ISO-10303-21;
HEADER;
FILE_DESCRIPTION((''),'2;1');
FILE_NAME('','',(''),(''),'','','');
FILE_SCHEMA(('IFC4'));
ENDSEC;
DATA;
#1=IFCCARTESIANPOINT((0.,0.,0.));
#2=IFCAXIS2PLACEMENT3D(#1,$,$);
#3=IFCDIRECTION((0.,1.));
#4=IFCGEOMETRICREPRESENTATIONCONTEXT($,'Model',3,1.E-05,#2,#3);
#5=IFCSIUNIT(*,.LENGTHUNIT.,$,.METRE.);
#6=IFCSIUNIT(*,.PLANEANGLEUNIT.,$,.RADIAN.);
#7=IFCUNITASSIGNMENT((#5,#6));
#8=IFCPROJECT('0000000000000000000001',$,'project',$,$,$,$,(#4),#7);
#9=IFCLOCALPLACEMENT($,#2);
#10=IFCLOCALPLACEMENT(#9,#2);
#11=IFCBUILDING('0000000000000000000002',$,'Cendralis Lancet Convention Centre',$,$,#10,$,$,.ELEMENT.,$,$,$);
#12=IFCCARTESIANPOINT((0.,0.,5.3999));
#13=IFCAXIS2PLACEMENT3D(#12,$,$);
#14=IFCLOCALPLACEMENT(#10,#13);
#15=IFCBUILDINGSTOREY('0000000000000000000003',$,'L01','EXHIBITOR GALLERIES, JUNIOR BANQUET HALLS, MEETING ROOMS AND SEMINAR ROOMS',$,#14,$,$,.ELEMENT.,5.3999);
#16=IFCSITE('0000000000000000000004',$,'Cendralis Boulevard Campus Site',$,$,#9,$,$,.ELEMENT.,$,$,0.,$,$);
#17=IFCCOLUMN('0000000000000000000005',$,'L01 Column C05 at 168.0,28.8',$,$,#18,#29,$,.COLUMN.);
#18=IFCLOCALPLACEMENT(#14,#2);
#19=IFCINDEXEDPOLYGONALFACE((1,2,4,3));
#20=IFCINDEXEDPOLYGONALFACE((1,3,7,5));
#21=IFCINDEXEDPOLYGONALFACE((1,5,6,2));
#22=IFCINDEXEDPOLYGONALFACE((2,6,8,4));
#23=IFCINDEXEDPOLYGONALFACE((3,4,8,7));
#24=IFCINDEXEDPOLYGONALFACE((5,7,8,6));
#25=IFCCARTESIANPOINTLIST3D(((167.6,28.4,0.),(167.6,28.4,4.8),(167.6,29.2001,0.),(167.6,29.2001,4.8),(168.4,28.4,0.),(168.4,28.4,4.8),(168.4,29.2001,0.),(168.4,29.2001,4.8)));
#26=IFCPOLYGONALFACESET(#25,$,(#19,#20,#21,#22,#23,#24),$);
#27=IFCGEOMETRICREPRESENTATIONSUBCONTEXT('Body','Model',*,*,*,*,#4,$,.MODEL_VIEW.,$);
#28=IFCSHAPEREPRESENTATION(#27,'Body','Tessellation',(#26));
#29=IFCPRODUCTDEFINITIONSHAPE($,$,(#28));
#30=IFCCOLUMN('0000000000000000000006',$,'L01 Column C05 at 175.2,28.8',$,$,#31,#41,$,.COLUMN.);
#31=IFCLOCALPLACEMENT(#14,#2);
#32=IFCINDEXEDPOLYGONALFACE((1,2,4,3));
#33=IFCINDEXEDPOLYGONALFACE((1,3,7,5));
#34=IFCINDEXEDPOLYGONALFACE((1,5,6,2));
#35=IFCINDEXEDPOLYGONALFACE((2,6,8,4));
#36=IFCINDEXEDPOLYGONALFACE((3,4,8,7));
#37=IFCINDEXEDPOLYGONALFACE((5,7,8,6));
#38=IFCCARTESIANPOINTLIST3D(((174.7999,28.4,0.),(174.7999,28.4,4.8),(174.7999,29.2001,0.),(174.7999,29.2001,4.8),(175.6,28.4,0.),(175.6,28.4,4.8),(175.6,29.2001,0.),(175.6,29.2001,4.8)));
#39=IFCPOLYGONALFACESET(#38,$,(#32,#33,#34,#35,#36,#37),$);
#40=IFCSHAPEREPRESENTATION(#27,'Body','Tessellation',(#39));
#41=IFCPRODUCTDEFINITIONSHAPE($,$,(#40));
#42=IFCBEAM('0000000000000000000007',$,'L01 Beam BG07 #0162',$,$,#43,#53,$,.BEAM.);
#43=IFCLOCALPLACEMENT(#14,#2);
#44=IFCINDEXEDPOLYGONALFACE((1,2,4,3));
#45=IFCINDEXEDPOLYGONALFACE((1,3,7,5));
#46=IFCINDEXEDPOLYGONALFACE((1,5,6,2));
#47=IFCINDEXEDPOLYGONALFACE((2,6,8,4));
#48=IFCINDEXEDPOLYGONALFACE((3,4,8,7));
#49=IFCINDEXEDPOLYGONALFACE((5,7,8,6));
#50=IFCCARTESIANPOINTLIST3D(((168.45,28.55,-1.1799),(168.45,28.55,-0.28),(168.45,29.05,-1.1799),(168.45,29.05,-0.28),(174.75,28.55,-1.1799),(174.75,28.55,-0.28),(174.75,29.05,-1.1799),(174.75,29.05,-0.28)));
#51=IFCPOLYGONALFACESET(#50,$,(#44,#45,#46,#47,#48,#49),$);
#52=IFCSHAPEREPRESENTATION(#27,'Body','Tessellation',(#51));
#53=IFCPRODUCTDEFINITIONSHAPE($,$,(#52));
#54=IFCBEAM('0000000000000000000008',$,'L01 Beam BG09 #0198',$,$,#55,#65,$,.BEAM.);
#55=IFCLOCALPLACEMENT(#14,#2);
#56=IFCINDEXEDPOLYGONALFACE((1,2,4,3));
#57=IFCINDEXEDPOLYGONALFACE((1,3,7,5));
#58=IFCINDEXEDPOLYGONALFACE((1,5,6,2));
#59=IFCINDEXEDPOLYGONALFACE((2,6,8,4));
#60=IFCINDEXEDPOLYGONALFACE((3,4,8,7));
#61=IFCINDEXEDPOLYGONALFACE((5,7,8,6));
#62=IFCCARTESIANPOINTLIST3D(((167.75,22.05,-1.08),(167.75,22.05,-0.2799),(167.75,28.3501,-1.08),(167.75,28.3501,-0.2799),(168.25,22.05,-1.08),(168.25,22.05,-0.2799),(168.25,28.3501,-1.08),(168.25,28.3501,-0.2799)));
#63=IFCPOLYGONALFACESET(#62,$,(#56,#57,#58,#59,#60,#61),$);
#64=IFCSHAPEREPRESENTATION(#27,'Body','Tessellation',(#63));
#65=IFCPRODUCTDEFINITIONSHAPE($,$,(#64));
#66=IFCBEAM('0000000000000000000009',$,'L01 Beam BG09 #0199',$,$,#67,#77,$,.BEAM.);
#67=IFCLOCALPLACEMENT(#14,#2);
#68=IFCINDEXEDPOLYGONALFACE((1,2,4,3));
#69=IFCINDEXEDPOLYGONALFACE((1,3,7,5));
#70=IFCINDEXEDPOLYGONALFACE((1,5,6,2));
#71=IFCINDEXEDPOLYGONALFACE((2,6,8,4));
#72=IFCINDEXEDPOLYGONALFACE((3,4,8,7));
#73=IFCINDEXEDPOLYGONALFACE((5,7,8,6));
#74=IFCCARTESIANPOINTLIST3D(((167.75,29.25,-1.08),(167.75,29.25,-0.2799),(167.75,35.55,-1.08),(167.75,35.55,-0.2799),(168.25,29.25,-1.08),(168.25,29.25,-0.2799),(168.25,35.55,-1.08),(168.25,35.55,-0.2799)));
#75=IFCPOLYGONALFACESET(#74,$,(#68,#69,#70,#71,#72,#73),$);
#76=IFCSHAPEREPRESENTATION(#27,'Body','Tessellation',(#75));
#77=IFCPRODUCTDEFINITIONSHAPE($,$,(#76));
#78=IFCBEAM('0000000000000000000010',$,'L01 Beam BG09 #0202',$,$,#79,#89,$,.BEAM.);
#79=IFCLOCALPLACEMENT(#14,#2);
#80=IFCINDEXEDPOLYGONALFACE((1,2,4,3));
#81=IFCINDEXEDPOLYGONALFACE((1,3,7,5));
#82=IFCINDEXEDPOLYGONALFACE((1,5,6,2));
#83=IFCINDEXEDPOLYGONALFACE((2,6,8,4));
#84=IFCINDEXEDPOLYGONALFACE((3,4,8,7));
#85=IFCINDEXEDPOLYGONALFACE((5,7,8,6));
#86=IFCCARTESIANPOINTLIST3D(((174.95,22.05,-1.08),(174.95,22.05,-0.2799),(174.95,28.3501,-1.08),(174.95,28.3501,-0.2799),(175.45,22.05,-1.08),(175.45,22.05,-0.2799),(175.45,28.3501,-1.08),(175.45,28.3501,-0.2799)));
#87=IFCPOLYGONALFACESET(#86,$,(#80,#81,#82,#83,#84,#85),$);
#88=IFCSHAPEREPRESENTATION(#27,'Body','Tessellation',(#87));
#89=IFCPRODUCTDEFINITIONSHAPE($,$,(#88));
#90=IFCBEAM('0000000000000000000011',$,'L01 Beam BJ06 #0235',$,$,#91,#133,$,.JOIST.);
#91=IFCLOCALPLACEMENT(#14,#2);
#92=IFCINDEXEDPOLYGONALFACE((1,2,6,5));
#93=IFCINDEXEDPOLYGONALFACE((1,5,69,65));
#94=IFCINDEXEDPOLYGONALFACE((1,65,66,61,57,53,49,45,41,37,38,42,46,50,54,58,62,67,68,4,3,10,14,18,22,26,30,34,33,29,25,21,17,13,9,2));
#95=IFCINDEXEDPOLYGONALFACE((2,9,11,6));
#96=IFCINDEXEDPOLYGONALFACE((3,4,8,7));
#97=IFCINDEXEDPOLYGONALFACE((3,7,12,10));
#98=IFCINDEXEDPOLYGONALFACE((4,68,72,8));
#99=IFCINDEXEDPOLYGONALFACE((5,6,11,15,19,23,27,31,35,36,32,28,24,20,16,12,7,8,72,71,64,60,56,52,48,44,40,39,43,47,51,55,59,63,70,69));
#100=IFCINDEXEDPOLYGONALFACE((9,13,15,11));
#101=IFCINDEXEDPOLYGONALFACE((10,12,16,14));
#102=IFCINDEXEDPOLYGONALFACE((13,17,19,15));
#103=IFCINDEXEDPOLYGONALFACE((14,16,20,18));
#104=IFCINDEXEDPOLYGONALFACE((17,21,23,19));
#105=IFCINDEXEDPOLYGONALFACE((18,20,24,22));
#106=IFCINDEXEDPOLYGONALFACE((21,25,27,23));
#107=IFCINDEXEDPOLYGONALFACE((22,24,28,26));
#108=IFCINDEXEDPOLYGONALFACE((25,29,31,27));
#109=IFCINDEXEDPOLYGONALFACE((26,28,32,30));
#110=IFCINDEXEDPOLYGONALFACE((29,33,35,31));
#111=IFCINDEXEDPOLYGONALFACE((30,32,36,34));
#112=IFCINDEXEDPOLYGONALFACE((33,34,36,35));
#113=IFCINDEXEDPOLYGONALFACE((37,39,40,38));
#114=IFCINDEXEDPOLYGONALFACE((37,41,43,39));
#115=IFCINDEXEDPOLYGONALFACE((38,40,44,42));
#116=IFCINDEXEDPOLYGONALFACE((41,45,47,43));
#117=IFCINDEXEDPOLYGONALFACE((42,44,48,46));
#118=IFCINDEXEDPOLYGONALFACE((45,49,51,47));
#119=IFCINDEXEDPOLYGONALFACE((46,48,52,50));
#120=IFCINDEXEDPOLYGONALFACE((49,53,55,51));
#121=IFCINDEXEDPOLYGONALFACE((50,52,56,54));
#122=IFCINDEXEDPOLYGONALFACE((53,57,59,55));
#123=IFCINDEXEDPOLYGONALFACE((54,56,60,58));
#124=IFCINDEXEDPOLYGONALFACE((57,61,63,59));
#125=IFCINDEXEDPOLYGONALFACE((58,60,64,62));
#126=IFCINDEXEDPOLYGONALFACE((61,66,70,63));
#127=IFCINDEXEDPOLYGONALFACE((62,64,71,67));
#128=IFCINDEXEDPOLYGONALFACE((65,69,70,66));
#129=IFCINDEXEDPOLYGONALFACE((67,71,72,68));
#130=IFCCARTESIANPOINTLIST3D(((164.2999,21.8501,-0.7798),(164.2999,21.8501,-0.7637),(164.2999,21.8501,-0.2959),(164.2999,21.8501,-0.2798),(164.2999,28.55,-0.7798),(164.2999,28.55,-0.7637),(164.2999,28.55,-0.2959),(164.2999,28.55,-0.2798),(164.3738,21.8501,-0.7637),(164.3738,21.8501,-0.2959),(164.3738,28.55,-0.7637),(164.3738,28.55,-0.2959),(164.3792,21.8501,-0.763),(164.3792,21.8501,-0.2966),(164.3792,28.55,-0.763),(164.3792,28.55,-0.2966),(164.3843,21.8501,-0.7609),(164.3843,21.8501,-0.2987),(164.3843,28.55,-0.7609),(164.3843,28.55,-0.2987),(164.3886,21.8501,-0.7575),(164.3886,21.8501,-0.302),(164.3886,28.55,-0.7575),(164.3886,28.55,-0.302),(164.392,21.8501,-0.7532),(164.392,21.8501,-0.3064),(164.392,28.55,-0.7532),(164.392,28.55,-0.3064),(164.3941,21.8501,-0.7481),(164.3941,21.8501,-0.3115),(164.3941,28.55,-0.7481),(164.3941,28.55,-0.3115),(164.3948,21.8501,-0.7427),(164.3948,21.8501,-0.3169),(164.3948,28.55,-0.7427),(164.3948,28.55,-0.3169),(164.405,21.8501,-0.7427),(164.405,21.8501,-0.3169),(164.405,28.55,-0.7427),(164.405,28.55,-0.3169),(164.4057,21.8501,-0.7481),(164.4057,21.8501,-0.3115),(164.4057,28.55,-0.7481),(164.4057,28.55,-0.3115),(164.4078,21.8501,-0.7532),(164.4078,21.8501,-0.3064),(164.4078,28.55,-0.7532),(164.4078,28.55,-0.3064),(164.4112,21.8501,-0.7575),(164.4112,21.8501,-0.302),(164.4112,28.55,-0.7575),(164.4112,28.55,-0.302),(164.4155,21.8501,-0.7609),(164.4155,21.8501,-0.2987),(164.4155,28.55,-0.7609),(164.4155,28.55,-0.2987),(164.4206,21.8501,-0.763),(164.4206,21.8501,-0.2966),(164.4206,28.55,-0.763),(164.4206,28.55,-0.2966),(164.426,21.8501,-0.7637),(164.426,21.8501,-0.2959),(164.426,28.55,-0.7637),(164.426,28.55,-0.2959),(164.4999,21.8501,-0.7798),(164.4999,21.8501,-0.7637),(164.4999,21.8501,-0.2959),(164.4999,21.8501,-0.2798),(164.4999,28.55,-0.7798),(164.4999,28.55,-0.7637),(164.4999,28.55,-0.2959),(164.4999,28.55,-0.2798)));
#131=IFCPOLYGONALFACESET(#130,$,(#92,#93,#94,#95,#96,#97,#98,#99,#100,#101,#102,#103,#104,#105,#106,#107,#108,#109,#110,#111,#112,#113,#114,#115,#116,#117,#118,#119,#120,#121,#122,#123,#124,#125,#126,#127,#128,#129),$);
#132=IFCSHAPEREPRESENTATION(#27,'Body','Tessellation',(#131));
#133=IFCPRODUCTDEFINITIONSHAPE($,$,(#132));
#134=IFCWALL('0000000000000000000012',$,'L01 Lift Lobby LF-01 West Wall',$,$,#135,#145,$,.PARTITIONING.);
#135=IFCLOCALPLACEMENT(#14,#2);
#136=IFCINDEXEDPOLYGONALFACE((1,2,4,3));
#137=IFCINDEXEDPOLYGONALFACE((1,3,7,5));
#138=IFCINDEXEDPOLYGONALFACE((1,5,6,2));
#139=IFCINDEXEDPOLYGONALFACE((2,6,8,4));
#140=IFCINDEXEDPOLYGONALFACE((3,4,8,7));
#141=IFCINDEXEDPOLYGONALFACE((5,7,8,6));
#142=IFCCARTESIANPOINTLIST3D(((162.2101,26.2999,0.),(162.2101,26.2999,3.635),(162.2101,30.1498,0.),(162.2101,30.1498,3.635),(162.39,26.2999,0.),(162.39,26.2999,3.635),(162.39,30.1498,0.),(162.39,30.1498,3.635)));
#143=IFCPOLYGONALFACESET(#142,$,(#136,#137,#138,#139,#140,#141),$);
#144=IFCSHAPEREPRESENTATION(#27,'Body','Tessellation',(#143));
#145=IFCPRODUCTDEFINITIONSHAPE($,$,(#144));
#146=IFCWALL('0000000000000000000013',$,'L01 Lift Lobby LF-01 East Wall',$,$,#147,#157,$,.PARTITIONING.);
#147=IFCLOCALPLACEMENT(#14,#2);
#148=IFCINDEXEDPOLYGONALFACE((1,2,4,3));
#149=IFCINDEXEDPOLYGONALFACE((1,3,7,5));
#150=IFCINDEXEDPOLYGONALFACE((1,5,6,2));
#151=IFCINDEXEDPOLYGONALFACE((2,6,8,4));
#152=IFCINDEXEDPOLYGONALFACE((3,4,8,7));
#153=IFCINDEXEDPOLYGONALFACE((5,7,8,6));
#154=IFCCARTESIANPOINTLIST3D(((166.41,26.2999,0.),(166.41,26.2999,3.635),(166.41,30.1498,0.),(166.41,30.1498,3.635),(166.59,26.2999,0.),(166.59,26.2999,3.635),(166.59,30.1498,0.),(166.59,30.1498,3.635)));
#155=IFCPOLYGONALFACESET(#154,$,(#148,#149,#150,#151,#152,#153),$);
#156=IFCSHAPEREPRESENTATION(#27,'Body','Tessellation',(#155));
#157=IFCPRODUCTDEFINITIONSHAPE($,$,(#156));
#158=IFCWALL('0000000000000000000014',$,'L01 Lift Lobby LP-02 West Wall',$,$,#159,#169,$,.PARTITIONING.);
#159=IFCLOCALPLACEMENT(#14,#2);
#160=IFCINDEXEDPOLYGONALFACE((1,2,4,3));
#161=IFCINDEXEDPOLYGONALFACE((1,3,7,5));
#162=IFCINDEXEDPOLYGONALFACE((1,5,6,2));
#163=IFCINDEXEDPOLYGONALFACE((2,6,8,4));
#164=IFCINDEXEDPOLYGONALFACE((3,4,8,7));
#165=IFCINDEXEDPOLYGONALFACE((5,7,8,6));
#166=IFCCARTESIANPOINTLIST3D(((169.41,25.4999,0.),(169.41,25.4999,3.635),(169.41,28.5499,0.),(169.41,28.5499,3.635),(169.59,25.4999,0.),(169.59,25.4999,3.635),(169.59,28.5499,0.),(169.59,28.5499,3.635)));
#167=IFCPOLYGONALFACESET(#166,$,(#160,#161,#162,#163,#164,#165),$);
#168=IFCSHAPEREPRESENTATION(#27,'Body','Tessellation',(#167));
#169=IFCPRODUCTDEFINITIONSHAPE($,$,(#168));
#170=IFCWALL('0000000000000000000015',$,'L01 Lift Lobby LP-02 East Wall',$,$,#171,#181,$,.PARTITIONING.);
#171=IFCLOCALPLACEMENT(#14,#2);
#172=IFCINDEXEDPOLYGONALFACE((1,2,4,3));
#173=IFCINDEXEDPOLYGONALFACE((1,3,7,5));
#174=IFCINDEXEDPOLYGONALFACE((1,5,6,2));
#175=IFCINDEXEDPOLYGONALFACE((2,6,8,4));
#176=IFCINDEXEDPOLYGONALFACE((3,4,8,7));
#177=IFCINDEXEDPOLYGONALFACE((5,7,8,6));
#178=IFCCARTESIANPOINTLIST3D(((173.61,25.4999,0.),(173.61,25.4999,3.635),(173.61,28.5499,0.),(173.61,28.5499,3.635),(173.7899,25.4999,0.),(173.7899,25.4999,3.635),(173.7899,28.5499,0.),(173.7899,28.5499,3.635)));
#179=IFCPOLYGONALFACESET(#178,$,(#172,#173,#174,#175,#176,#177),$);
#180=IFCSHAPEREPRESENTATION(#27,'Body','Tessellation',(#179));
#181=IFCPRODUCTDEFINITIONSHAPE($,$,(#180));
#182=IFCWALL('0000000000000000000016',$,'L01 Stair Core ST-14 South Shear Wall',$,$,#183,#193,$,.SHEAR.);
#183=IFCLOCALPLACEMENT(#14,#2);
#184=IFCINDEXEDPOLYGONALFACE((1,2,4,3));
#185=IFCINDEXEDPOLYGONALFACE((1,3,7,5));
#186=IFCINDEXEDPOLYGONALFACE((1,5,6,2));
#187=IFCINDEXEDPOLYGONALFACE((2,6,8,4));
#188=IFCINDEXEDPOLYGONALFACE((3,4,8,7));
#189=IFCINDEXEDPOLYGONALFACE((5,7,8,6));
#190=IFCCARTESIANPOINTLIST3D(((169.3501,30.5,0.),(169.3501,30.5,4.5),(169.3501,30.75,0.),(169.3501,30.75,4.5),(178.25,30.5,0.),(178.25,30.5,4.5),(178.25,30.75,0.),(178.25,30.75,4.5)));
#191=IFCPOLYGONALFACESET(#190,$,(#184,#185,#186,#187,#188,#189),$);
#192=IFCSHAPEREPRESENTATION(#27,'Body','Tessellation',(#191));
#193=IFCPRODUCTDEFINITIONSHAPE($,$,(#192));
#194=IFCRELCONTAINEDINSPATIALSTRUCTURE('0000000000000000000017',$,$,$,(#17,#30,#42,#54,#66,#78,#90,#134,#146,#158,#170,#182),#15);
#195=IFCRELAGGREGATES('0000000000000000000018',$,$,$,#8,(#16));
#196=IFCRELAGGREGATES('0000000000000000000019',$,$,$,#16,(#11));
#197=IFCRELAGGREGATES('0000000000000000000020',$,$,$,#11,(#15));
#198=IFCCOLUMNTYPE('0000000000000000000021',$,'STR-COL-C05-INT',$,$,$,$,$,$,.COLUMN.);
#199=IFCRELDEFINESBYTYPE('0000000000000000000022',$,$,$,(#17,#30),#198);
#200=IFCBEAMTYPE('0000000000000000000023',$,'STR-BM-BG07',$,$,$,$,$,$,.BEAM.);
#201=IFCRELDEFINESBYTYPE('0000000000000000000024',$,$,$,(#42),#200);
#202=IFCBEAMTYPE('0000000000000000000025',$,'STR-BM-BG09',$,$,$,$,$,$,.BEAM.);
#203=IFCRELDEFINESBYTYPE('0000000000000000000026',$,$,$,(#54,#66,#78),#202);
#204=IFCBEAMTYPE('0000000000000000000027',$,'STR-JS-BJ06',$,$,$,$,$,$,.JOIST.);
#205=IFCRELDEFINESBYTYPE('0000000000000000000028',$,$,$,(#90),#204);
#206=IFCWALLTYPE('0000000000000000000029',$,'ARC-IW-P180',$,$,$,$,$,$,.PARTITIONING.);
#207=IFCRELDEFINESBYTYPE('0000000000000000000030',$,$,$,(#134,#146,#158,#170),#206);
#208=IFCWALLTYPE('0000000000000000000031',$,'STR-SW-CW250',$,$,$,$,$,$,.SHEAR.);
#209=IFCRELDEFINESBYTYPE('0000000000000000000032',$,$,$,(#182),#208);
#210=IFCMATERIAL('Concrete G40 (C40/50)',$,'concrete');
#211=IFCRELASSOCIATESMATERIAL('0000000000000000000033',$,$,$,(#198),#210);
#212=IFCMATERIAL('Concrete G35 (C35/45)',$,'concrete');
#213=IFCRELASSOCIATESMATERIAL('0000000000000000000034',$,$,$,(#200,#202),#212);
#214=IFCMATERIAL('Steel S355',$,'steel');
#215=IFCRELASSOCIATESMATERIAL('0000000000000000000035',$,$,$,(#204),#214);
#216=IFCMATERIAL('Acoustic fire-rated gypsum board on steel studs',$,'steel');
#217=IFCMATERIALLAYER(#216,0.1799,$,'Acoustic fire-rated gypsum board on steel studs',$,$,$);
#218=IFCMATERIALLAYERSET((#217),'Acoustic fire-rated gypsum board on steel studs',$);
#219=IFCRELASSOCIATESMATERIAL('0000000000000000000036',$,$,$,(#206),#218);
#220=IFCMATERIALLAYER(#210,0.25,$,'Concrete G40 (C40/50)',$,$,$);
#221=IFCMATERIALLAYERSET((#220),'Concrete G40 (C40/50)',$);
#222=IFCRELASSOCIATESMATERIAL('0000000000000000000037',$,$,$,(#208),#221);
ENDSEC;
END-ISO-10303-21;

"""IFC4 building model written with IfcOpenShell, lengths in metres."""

from ifc_helpers import new_model, si_unit, direction, frame, frame_2d, origin, origin_2d, place, context, subcontext, project, spatial, rectangle, i_section, extrude, material, layer, layer_set, material_profile, profile_set, type_object, element, save


model = new_model("IFC4")

# Units and contexts
model_context = context("Model", 3, precision=1e-05, world=origin(), true_north=direction((0.0, 1.0)))
body_context = subcontext(model_context, "Body", "Model", "MODEL_VIEW")
ifc_project = project(units=[si_unit("LENGTHUNIT", "METRE"), si_unit("PLANEANGLEUNIT", "RADIAN")], contexts=[model_context])

# Site, building, storey
site_placement = place(None, origin())
site = spatial("IfcSite", under=ifc_project, at=site_placement, Name="Cendralis Boulevard Campus Site", CompositionType="ELEMENT", RefElevation=0.0)
building_placement = place(site_placement, origin())
building = spatial("IfcBuilding", under=site, at=building_placement, Name="Cendralis Lancet Convention Centre", CompositionType="ELEMENT")
storey_placement = place(building_placement, frame((0.0, 0.0, 5.3999)))
storey = spatial("IfcBuildingStorey", under=building, at=storey_placement, Name="L01", Description="EXHIBITOR GALLERIES, JUNIOR BANQUET HALLS, MEETING ROOMS AND SEMINAR ROOMS", CompositionType="ELEMENT", Elevation=5.3999)

# Columns
ifc_material_1 = material(Name="Concrete G40 (C40/50)", Category="concrete")
ifc_material_profile_1 = material_profile(ifc_material_1, rectangle(XDim=0.8, YDim=0.8, at=origin_2d()), Name="RC 800x800")
ifc_profile_set_1 = profile_set([ifc_material_profile_1], Name="Concrete G40 (C40/50)")
column_type = type_object("IfcColumnType", Name="STR-COL-C05-INT", PredefinedType="COLUMN", material=ifc_profile_set_1)
for number, where, z_axis, x_axis, name in (
    (1, (168.0, 28.8, 0.0), (0.0, 0.0, 1.0), (1.0, 0.0, 0.0), "L01 Column C05 at 168.0,28.8"),
    (2, (175.2, 28.8, 0.0), (0.0, 0.0, 1.0), (1.0, 0.0, 0.0), "L01 Column C05 at 175.2,28.8"),
):
    element("IfcColumn", number, at=place(storey_placement, frame(where, z_axis=z_axis, x_axis=x_axis)), inside=storey, type_object=column_type, Name=name, PredefinedType="COLUMN", context=body_context, shape_type="SweptSolid", body=[
        extrude(rectangle(XDim=0.8, YDim=0.8, at=origin_2d()), origin(), (0.0, 0.0, 1.0), 4.8),
    ])

# Beams
ifc_material_2 = material(Name="Concrete G35 (C35/45)", Category="concrete")
ifc_material_profile_2 = material_profile(ifc_material_2, rectangle(XDim=0.5, YDim=0.8999, at=origin_2d()), Name="RCB 500x900")
ifc_profile_set_2 = profile_set([ifc_material_profile_2], Name="Concrete G35 (C35/45)")
beam_type_1 = type_object("IfcBeamType", Name="STR-BM-BG07", PredefinedType="BEAM", material=ifc_profile_set_2)
beam_1_placement = place(storey_placement, frame((168.45, 28.8, -0.73), z_axis=(1.0, 0.0, 0.0), x_axis=(0.0, 1.0, 0.0)))
element("IfcBeam", 3, at=beam_1_placement, inside=storey, type_object=beam_type_1, Name="L01 Beam BG07 #0162", PredefinedType="BEAM", context=body_context, shape_type="SweptSolid", body=[
    extrude(rectangle(XDim=0.5, YDim=0.8999, at=origin_2d()), origin(), (0.0, 0.0, 1.0), 6.3),
])
ifc_material_profile_3 = material_profile(ifc_material_2, rectangle(XDim=0.5, YDim=0.8, at=origin_2d()), Name="RCB 500x800")
ifc_profile_set_3 = profile_set([ifc_material_profile_3], Name="Concrete G35 (C35/45)")
beam_type_2 = type_object("IfcBeamType", Name="STR-BM-BG09", PredefinedType="BEAM", material=ifc_profile_set_3)
for number, where, z_axis, x_axis, name in (
    (4, (168.0, 22.05, -0.6799), (0.0, 1.0, 0.0), (-1.0, 0.0, 0.0), "L01 Beam BG09 #0198"),
    (5, (168.0, 29.25, -0.6799), (0.0, 1.0, 0.0), (-1.0, 0.0, 0.0), "L01 Beam BG09 #0199"),
    (6, (175.2, 22.05, -0.6799), (0.0, 1.0, 0.0), (-1.0, 0.0, 0.0), "L01 Beam BG09 #0202"),
):
    element("IfcBeam", number, at=place(storey_placement, frame(where, z_axis=z_axis, x_axis=x_axis)), inside=storey, type_object=beam_type_2, Name=name, PredefinedType="BEAM", context=body_context, shape_type="SweptSolid", body=[
        extrude(rectangle(XDim=0.5, YDim=0.8, at=origin_2d()), origin(), (0.0, 0.0, 1.0), 6.3),
    ])
ifc_material_3 = material(Name="Steel S355", Category="steel")
ifc_material_profile_4 = material_profile(ifc_material_3, i_section(OverallWidth=0.2, OverallDepth=0.5, WebThickness=0.0103, FlangeThickness=0.0161, FilletRadius=0.021, at=origin_2d()), Name="IPE 500")
ifc_profile_set_4 = profile_set([ifc_material_profile_4], Name="Steel S355")
beam_type_3 = type_object("IfcBeamType", Name="STR-JS-BJ06", PredefinedType="JOIST", material=ifc_profile_set_4)
beam_2_placement = place(storey_placement, frame((164.3999, 21.8501, -0.5298), z_axis=(0.0, 1.0, 0.0), x_axis=(-1.0, 0.0, 0.0)))
element("IfcBeam", 7, at=beam_2_placement, inside=storey, type_object=beam_type_3, Name="L01 Beam BJ06 #0235", PredefinedType="JOIST", context=body_context, shape_type="SweptSolid", body=[
    extrude(i_section(OverallWidth=0.2, OverallDepth=0.5, WebThickness=0.0103, FlangeThickness=0.0161, FilletRadius=0.021, at=origin_2d()), origin(), (0.0, 0.0, 1.0), 6.7),
])

# Shared definitions
ifc_material_4 = material(Name="Acoustic fire-rated gypsum board on steel studs", Category="steel")
ifc_layer_1 = layer(ifc_material_4, 0.1799, Name="Acoustic fire-rated gypsum board on steel studs")
ifc_layer_set_1 = layer_set([ifc_layer_1], Name="Acoustic fire-rated gypsum board on steel studs")
wall_type_1 = type_object("IfcWallType", Name="ARC-IW-P180", PredefinedType="PARTITIONING", material=ifc_layer_set_1)

# Walls
for number, where, z_axis, x_axis, name in (
    (8, (162.3, 26.3, 0.0), (0.0, 0.0, 1.0), (0.0, 1.0, 0.0), "L01 Lift Lobby LF-01 West Wall"),
    (9, (166.5, 26.3, 0.0), (0.0, 0.0, 1.0), (0.0, 1.0, 0.0), "L01 Lift Lobby LF-01 East Wall"),
):
    element("IfcWall", number, at=place(storey_placement, frame(where, z_axis=z_axis, x_axis=x_axis)), inside=storey, type_object=wall_type_1, Name=name, PredefinedType="PARTITIONING", context=body_context, shape_type="SweptSolid", body=[
        extrude(rectangle(XDim=3.8499, YDim=0.1799, at=frame_2d((1.9248, 0.0))), origin(), (0.0, 0.0, 1.0), 3.635),
    ])

# Walls
for number, where, z_axis, x_axis, name in (
    (10, (169.5, 25.5, 0.0), (0.0, 0.0, 1.0), (0.0, 1.0, 0.0), "L01 Lift Lobby LP-02 West Wall"),
    (11, (173.7, 25.5, 0.0), (0.0, 0.0, 1.0), (0.0, 1.0, 0.0), "L01 Lift Lobby LP-02 East Wall"),
):
    element("IfcWall", number, at=place(storey_placement, frame(where, z_axis=z_axis, x_axis=x_axis)), inside=storey, type_object=wall_type_1, Name=name, PredefinedType="PARTITIONING", context=body_context, shape_type="SweptSolid", body=[
        extrude(rectangle(XDim=3.05, YDim=0.1799, at=frame_2d((1.5249, 0.0))), origin(), (0.0, 0.0, 1.0), 3.635),
    ])
ifc_layer_2 = layer(ifc_material_1, 0.25, Name="Concrete G40 (C40/50)")
ifc_layer_set_2 = layer_set([ifc_layer_2], Name="Concrete G40 (C40/50)")
wall_type_2 = type_object("IfcWallType", Name="STR-SW-CW250", PredefinedType="SHEAR", material=ifc_layer_set_2)
wall_1_placement = place(storey_placement, frame((169.3501, 30.625, 0.0), z_axis=(0.0, 0.0, 1.0), x_axis=(1.0, 0.0, 0.0)))
element("IfcWall", 12, at=wall_1_placement, inside=storey, type_object=wall_type_2, Name="L01 Stair Core ST-14 South Shear Wall", PredefinedType="SHEAR", context=body_context, shape_type="SweptSolid", body=[
    extrude(rectangle(XDim=8.8999, YDim=0.25, at=frame_2d((4.45, 0.0))), origin(), (0.0, 0.0, 1.0), 4.5),
])

save(model, "model.ifc")
